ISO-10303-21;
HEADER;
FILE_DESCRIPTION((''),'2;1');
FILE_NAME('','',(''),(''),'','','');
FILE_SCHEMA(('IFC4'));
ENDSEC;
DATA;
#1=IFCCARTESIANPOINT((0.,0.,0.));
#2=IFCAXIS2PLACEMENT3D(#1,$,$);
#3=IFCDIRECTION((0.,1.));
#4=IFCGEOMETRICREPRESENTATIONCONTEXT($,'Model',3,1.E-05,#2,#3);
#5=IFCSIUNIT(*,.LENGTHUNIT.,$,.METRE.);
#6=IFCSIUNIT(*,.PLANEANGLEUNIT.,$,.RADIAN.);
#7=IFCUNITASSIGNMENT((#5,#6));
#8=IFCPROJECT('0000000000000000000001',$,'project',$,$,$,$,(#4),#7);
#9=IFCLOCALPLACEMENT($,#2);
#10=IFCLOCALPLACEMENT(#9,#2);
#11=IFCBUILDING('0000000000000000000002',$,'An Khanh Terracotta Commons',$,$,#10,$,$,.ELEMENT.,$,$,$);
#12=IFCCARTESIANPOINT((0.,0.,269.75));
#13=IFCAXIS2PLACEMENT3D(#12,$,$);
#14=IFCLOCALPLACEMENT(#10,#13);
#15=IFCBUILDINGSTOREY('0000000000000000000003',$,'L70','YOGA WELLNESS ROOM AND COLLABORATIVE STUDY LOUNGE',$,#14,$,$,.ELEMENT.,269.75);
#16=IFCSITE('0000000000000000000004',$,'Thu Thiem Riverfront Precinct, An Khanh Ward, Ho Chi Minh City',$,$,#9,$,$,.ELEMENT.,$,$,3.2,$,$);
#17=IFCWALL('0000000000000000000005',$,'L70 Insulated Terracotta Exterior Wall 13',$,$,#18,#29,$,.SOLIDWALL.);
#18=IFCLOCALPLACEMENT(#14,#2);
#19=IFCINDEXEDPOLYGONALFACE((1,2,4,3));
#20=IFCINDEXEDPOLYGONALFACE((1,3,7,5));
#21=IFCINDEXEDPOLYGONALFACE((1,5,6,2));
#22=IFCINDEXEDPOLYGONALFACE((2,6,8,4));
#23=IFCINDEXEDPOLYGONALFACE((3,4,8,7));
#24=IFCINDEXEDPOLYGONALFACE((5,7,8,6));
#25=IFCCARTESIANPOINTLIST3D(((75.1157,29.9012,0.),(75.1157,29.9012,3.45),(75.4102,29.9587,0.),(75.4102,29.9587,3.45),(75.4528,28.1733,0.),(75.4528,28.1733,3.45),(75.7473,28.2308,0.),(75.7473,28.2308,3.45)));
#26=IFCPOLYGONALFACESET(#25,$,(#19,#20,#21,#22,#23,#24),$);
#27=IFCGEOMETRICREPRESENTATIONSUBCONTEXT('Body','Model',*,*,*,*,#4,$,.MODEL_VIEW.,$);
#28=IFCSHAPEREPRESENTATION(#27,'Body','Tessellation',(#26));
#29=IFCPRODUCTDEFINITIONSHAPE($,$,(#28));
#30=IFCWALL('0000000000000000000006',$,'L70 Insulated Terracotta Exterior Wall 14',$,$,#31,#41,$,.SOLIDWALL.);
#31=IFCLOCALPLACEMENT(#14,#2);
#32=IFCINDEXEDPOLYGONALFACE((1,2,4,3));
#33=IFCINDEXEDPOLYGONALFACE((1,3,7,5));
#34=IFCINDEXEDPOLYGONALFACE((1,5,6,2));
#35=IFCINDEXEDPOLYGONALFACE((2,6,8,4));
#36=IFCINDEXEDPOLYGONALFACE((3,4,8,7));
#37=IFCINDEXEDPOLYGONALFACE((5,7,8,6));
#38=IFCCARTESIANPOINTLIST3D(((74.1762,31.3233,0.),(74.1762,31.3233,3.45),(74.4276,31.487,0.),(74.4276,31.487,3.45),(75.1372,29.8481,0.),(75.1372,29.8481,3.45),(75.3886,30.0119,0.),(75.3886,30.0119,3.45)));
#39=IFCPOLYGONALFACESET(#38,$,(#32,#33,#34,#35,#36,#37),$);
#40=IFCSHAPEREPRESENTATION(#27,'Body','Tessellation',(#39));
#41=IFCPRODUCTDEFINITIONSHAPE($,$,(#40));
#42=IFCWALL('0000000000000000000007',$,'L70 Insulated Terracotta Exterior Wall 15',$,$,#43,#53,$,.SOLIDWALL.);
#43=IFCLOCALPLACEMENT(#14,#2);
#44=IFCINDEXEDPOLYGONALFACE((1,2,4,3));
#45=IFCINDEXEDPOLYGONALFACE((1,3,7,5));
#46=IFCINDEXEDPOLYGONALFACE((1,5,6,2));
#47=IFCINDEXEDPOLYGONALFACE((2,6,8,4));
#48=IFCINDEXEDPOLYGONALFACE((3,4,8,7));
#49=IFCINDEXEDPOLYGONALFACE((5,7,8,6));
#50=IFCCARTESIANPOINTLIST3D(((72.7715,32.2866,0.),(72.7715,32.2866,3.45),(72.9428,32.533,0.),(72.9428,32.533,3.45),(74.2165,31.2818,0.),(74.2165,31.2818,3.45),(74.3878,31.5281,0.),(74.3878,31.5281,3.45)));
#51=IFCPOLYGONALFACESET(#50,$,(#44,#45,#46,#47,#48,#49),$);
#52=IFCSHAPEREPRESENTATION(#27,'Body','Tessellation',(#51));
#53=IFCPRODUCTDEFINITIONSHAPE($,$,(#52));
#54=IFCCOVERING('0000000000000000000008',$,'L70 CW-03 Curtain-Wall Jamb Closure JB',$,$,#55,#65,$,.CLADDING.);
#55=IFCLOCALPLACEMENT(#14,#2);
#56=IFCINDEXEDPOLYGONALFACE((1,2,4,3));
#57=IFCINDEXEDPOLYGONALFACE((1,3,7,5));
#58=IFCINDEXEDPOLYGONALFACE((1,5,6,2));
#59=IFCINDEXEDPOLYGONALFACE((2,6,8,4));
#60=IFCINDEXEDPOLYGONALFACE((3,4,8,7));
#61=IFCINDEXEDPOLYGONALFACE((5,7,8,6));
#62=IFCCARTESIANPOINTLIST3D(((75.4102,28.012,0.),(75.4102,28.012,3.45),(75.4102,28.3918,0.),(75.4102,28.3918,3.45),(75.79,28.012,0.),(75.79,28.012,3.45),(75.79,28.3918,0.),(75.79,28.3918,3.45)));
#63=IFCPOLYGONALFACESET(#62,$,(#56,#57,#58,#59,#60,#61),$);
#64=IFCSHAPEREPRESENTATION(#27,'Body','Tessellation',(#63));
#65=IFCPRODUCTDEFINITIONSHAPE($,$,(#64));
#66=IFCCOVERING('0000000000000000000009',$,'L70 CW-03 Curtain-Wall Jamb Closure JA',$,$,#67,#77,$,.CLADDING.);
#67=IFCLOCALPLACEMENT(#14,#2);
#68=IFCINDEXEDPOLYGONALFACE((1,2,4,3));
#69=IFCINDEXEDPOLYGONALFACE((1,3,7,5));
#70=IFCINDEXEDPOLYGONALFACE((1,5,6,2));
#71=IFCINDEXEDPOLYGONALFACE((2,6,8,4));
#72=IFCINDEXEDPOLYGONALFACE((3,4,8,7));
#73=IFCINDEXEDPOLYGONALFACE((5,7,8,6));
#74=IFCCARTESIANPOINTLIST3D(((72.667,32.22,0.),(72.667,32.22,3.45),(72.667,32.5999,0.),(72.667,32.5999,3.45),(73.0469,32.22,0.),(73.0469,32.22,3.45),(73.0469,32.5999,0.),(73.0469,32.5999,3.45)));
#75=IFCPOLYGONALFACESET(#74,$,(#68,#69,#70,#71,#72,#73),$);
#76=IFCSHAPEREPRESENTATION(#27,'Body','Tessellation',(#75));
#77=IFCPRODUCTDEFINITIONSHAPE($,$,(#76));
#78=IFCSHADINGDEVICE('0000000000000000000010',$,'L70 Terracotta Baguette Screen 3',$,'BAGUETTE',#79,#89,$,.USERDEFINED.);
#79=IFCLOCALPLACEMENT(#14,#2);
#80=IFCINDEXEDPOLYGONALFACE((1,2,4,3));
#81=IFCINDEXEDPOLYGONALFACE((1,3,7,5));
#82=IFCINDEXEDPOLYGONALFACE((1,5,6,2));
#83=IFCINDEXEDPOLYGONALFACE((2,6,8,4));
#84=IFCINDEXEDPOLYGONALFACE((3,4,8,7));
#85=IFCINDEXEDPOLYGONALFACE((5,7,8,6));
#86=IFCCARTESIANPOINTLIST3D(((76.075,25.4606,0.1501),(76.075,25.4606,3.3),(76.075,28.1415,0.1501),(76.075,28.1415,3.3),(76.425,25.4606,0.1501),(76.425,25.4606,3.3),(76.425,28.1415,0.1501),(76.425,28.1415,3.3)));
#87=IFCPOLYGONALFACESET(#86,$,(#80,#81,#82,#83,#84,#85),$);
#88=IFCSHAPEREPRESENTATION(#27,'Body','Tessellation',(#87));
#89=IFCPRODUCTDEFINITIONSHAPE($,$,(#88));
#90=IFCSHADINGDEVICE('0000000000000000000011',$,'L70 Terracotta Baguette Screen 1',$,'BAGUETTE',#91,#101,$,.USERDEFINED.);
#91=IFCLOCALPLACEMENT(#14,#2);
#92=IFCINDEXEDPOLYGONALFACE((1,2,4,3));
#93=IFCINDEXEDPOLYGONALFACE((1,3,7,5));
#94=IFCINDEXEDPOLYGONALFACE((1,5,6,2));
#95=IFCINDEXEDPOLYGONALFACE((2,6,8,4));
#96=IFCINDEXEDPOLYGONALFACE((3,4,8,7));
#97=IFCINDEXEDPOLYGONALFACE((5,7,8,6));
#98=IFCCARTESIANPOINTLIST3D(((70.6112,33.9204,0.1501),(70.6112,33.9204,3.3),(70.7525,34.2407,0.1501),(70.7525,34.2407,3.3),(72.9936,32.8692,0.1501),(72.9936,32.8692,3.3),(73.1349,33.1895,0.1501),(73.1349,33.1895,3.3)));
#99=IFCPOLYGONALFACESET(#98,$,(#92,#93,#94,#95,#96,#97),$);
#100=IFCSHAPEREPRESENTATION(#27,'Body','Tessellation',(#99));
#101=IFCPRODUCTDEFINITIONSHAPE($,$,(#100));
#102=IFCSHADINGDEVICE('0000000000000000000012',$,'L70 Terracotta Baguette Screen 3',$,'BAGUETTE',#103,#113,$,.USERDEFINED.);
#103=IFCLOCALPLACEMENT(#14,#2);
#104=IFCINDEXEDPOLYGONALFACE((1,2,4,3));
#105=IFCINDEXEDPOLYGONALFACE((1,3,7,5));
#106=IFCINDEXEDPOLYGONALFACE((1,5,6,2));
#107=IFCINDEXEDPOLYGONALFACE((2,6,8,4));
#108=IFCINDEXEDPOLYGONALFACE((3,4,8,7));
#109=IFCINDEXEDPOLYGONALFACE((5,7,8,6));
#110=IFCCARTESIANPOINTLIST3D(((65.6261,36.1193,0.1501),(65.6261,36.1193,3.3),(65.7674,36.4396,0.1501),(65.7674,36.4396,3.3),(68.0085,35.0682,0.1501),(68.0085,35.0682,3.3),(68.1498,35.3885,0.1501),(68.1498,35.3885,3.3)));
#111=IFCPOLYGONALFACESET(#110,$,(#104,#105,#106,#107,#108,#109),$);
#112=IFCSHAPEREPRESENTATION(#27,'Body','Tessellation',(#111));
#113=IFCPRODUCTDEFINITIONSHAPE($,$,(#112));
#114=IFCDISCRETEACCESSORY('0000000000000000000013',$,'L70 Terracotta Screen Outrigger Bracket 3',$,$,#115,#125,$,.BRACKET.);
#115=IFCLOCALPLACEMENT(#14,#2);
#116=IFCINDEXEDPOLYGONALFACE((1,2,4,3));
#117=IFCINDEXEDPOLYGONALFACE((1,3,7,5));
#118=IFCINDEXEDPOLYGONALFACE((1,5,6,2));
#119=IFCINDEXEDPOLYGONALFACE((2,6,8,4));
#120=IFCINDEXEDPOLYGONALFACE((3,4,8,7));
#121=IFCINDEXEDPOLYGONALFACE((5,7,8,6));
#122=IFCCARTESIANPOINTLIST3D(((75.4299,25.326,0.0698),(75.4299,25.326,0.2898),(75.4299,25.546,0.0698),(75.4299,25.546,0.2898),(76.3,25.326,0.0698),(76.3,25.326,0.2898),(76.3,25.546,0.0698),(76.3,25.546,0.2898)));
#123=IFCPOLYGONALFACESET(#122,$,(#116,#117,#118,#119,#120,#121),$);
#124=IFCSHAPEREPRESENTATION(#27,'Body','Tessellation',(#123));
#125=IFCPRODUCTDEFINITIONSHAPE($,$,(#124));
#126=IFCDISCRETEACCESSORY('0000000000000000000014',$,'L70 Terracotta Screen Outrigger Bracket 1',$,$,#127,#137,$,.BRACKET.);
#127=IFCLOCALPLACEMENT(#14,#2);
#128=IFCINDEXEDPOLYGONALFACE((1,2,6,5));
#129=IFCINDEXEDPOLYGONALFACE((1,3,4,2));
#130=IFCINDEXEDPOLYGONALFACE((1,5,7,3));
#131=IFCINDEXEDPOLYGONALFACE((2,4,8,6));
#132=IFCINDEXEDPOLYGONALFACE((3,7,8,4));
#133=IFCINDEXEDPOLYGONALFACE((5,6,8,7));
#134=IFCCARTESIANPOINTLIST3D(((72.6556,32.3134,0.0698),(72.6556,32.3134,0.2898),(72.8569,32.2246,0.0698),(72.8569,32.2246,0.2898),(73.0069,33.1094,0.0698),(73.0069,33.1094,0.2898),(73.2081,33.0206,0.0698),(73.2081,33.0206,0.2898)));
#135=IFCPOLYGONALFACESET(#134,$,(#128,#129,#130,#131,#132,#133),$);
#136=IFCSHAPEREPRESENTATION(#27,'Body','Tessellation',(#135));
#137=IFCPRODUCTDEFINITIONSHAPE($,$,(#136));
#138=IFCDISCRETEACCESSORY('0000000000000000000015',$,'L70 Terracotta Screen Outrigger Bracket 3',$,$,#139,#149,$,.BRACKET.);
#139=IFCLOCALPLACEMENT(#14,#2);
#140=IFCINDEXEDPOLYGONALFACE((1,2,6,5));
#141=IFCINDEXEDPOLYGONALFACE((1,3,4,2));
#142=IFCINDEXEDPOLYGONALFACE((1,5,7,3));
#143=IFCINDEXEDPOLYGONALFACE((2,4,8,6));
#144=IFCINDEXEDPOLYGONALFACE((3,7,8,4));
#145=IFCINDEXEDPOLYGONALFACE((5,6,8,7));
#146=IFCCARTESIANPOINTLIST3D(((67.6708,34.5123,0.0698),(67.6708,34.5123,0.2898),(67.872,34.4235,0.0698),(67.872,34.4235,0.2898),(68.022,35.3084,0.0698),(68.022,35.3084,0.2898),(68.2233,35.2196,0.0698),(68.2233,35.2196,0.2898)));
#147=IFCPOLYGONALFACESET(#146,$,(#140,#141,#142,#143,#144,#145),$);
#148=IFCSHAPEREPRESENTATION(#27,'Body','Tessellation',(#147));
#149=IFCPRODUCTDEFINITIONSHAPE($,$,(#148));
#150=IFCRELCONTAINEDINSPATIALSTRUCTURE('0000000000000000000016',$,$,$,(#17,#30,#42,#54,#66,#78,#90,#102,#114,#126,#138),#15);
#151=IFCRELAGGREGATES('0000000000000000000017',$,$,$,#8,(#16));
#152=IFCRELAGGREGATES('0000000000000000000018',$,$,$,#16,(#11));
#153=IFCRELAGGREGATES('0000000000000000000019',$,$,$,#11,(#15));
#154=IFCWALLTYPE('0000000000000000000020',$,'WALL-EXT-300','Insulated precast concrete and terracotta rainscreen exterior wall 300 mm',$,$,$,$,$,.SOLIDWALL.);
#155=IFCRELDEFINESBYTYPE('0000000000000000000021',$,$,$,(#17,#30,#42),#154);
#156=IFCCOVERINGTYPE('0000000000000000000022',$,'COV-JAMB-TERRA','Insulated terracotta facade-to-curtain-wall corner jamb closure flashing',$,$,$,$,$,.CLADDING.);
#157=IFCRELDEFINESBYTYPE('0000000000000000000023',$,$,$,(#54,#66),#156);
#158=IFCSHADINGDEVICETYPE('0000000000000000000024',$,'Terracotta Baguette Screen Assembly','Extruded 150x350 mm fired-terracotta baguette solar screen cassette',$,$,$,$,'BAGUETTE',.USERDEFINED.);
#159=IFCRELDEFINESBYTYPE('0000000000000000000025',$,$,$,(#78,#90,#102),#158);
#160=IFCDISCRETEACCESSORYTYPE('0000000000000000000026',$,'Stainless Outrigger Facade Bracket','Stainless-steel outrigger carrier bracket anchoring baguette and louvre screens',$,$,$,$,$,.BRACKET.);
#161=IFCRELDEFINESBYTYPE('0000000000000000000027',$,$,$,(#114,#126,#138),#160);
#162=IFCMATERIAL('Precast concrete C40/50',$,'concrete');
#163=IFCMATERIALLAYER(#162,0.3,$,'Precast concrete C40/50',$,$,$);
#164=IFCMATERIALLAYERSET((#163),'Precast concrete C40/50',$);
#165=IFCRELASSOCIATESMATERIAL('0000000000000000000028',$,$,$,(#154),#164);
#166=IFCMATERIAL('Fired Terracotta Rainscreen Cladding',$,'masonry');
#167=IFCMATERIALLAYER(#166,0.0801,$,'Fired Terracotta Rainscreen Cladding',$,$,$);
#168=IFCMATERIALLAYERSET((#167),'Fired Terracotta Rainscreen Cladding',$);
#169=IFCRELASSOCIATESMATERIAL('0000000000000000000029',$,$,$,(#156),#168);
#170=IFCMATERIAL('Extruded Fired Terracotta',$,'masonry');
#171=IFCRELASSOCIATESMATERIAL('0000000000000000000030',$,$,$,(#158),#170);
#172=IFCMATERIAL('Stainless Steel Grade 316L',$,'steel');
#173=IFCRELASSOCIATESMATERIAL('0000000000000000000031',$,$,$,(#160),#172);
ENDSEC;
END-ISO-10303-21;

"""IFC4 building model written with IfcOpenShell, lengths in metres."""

from ifc_helpers import new_model, si_unit, direction, frame, frame_2d, origin, origin_2d, place, context, subcontext, project, spatial, rectangle, extrude, material, layer, layer_set, type_object, element, save


model = new_model("IFC4")

# Units and contexts
model_context = context("Model", 3, precision=1e-05, world=origin(), true_north=direction((0.0, 1.0)))
body_context = subcontext(model_context, "Body", "Model", "MODEL_VIEW")
ifc_project = project(units=[si_unit("LENGTHUNIT", "METRE"), si_unit("PLANEANGLEUNIT", "RADIAN")], contexts=[model_context])

# Site, building, storey
site_placement = place(None, origin())
site = spatial("IfcSite", under=ifc_project, at=site_placement, Name="Thu Thiem Riverfront Precinct, An Khanh Ward, Ho Chi Minh City", CompositionType="ELEMENT", RefElevation=3.2)
building_placement = place(site_placement, origin())
building = spatial("IfcBuilding", under=site, at=building_placement, Name="An Khanh Terracotta Commons", CompositionType="ELEMENT")
storey_placement = place(building_placement, frame((0.0, 0.0, 269.75)))
storey = spatial("IfcBuildingStorey", under=building, at=storey_placement, Name="L70", Description="YOGA WELLNESS ROOM AND COLLABORATIVE STUDY LOUNGE", CompositionType="ELEMENT", Elevation=269.75)

# Walls
ifc_material_1 = material(Name="Precast concrete C40/50", Category="concrete")
ifc_layer_1 = layer(ifc_material_1, 0.3, Name="Precast concrete C40/50")
ifc_layer_set_1 = layer_set([ifc_layer_1], Name="Precast concrete C40/50")
wall_type = type_object("IfcWallType", Name="WALL-EXT-300", Description="Insulated precast concrete and terracotta rainscreen exterior wall 300 mm", PredefinedType="SOLIDWALL", material=ifc_layer_set_1)
for number, where, z_axis, x_axis, name in (
    (1, (75.6001, 28.2019, 0.0), (0.0, 0.0, 1.0), (-0.191501, 0.981492, 0.0), "L70 Insulated Terracotta Exterior Wall 13"),
    (2, (75.2629, 29.9299, 0.0), (0.0, 0.0, 1.0), (-0.545836, 0.837892, 0.0), "L70 Insulated Terracotta Exterior Wall 14"),
):
    element("IfcWall", number, at=place(storey_placement, frame(where, z_axis=z_axis, x_axis=x_axis)), inside=storey, type_object=wall_type, Name=name, PredefinedType="SOLIDWALL", context=body_context, shape_type="SweptSolid", body=[
        extrude(rectangle(XDim=1.7605, YDim=0.3, at=frame_2d((0.8804, 0.0))), origin(), (0.0, 0.0, 1.0), 3.45),
    ])
wall_placement = place(storey_placement, frame((74.302, 31.405, 0.0), z_axis=(0.0, 0.0, 1.0), x_axis=(-0.821007, 0.570918, 0.0)))
element("IfcWall", 3, at=wall_placement, inside=storey, type_object=wall_type, Name="L70 Insulated Terracotta Exterior Wall 15", PredefinedType="SOLIDWALL", context=body_context, shape_type="SweptSolid", body=[
    extrude(rectangle(XDim=1.76, YDim=0.3, at=frame_2d((0.8799, 0.0))), origin(), (0.0, 0.0, 1.0), 3.45),
])

# Coverings
ifc_material_2 = material(Name="Fired Terracotta Rainscreen Cladding", Category="masonry")
ifc_layer_2 = layer(ifc_material_2, 0.0801, Name="Fired Terracotta Rainscreen Cladding")
ifc_layer_set_2 = layer_set([ifc_layer_2], Name="Fired Terracotta Rainscreen Cladding")
covering_type = type_object("IfcCoveringType", Name="COV-JAMB-TERRA", Description="Insulated terracotta facade-to-curtain-wall corner jamb closure flashing", PredefinedType="CLADDING", material=ifc_layer_set_2)
for number, where, z_axis, x_axis, name in (
    (4, (75.6001, 28.2019, 0.0), (0.0, 0.0, 1.0), (1.0, 0.0, 0.0), "L70 CW-03 Curtain-Wall Jamb Closure JB"),
    (5, (72.8569, 32.4099, 0.0), (0.0, 0.0, 1.0), (1.0, 0.0, 0.0), "L70 CW-03 Curtain-Wall Jamb Closure JA"),
):
    element("IfcCovering", number, at=place(storey_placement, frame(where, z_axis=z_axis, x_axis=x_axis)), inside=storey, type_object=covering_type, Name=name, PredefinedType="CLADDING", context=body_context, shape_type="SweptSolid", body=[
        extrude(rectangle(XDim=0.3799, YDim=0.3799, at=origin_2d()), origin(), (0.0, 0.0, 1.0), 3.45),
    ])

# Shading devices
ifc_material_3 = material(Name="Extruded Fired Terracotta", Category="masonry")
shading_device_type = type_object("IfcShadingDeviceType", Name="Terracotta Baguette Screen Assembly", Description="Extruded 150x350 mm fired-terracotta baguette solar screen cassette", ElementType="BAGUETTE", PredefinedType="USERDEFINED", material=ifc_material_3)
shading_device_placement = place(storey_placement, frame((76.25, 26.801, 0.1501), z_axis=(0.0, 0.0, 1.0), x_axis=(0.0, 1.0, 0.0)))
element("IfcShadingDevice", 6, at=shading_device_placement, inside=storey, type_object=shading_device_type, Name="L70 Terracotta Baguette Screen 3", ObjectType="BAGUETTE", PredefinedType="USERDEFINED", context=body_context, shape_type="SweptSolid", body=[
    extrude(rectangle(XDim=2.6809, YDim=0.3501, at=origin_2d()), origin(), (0.0, 0.0, 1.0), 3.1499),
])
for number, where, z_axis, x_axis, name in (
    (7, (71.873, 33.5549, 0.1501), (0.0, 0.0, 1.0), (-0.914902, 0.403676, 0.0), "L70 Terracotta Baguette Screen 1"),
    (8, (66.8879, 35.7539, 0.1501), (0.0, 0.0, 1.0), (-0.914902, 0.403676, 0.0), "L70 Terracotta Baguette Screen 3"),
):
    element("IfcShadingDevice", number, at=place(storey_placement, frame(where, z_axis=z_axis, x_axis=x_axis)), inside=storey, type_object=shading_device_type, Name=name, ObjectType="BAGUETTE", PredefinedType="USERDEFINED", context=body_context, shape_type="SweptSolid", body=[
        extrude(rectangle(XDim=2.604, YDim=0.3501, at=origin_2d()), origin(), (0.0, 0.0, 1.0), 3.1499),
    ])

# Discrete accessories
ifc_material_4 = material(Name="Stainless Steel Grade 316L", Category="steel")
discrete_accessory_type = type_object("IfcDiscreteAccessoryType", Name="Stainless Outrigger Facade Bracket", Description="Stainless-steel outrigger carrier bracket anchoring baguette and louvre screens", PredefinedType="BRACKET", material=ifc_material_4)
for number, where, z_axis, x_axis, name in (
    (9, (75.865, 25.436, 0.0698), (0.0, 0.0, 1.0), (0.0, 1.0, 0.0), "L70 Terracotta Screen Outrigger Bracket 3"),
    (10, (72.9319, 32.667, 0.0698), (0.0, 0.0, 1.0), (-0.914902, 0.403676, 0.0), "L70 Terracotta Screen Outrigger Bracket 1"),
    (11, (67.947, 34.866, 0.0698), (0.0, 0.0, 1.0), (-0.914902, 0.403676, 0.0), "L70 Terracotta Screen Outrigger Bracket 3"),
):
    element("IfcDiscreteAccessory", number, at=place(storey_placement, frame(where, z_axis=z_axis, x_axis=x_axis)), inside=storey, type_object=discrete_accessory_type, Name=name, PredefinedType="BRACKET", context=body_context, shape_type="SweptSolid", body=[
        extrude(rectangle(XDim=0.22, YDim=0.8701, at=origin_2d()), origin(), (0.0, 0.0, 1.0), 0.22),
    ])

save(model, "model.ifc")
